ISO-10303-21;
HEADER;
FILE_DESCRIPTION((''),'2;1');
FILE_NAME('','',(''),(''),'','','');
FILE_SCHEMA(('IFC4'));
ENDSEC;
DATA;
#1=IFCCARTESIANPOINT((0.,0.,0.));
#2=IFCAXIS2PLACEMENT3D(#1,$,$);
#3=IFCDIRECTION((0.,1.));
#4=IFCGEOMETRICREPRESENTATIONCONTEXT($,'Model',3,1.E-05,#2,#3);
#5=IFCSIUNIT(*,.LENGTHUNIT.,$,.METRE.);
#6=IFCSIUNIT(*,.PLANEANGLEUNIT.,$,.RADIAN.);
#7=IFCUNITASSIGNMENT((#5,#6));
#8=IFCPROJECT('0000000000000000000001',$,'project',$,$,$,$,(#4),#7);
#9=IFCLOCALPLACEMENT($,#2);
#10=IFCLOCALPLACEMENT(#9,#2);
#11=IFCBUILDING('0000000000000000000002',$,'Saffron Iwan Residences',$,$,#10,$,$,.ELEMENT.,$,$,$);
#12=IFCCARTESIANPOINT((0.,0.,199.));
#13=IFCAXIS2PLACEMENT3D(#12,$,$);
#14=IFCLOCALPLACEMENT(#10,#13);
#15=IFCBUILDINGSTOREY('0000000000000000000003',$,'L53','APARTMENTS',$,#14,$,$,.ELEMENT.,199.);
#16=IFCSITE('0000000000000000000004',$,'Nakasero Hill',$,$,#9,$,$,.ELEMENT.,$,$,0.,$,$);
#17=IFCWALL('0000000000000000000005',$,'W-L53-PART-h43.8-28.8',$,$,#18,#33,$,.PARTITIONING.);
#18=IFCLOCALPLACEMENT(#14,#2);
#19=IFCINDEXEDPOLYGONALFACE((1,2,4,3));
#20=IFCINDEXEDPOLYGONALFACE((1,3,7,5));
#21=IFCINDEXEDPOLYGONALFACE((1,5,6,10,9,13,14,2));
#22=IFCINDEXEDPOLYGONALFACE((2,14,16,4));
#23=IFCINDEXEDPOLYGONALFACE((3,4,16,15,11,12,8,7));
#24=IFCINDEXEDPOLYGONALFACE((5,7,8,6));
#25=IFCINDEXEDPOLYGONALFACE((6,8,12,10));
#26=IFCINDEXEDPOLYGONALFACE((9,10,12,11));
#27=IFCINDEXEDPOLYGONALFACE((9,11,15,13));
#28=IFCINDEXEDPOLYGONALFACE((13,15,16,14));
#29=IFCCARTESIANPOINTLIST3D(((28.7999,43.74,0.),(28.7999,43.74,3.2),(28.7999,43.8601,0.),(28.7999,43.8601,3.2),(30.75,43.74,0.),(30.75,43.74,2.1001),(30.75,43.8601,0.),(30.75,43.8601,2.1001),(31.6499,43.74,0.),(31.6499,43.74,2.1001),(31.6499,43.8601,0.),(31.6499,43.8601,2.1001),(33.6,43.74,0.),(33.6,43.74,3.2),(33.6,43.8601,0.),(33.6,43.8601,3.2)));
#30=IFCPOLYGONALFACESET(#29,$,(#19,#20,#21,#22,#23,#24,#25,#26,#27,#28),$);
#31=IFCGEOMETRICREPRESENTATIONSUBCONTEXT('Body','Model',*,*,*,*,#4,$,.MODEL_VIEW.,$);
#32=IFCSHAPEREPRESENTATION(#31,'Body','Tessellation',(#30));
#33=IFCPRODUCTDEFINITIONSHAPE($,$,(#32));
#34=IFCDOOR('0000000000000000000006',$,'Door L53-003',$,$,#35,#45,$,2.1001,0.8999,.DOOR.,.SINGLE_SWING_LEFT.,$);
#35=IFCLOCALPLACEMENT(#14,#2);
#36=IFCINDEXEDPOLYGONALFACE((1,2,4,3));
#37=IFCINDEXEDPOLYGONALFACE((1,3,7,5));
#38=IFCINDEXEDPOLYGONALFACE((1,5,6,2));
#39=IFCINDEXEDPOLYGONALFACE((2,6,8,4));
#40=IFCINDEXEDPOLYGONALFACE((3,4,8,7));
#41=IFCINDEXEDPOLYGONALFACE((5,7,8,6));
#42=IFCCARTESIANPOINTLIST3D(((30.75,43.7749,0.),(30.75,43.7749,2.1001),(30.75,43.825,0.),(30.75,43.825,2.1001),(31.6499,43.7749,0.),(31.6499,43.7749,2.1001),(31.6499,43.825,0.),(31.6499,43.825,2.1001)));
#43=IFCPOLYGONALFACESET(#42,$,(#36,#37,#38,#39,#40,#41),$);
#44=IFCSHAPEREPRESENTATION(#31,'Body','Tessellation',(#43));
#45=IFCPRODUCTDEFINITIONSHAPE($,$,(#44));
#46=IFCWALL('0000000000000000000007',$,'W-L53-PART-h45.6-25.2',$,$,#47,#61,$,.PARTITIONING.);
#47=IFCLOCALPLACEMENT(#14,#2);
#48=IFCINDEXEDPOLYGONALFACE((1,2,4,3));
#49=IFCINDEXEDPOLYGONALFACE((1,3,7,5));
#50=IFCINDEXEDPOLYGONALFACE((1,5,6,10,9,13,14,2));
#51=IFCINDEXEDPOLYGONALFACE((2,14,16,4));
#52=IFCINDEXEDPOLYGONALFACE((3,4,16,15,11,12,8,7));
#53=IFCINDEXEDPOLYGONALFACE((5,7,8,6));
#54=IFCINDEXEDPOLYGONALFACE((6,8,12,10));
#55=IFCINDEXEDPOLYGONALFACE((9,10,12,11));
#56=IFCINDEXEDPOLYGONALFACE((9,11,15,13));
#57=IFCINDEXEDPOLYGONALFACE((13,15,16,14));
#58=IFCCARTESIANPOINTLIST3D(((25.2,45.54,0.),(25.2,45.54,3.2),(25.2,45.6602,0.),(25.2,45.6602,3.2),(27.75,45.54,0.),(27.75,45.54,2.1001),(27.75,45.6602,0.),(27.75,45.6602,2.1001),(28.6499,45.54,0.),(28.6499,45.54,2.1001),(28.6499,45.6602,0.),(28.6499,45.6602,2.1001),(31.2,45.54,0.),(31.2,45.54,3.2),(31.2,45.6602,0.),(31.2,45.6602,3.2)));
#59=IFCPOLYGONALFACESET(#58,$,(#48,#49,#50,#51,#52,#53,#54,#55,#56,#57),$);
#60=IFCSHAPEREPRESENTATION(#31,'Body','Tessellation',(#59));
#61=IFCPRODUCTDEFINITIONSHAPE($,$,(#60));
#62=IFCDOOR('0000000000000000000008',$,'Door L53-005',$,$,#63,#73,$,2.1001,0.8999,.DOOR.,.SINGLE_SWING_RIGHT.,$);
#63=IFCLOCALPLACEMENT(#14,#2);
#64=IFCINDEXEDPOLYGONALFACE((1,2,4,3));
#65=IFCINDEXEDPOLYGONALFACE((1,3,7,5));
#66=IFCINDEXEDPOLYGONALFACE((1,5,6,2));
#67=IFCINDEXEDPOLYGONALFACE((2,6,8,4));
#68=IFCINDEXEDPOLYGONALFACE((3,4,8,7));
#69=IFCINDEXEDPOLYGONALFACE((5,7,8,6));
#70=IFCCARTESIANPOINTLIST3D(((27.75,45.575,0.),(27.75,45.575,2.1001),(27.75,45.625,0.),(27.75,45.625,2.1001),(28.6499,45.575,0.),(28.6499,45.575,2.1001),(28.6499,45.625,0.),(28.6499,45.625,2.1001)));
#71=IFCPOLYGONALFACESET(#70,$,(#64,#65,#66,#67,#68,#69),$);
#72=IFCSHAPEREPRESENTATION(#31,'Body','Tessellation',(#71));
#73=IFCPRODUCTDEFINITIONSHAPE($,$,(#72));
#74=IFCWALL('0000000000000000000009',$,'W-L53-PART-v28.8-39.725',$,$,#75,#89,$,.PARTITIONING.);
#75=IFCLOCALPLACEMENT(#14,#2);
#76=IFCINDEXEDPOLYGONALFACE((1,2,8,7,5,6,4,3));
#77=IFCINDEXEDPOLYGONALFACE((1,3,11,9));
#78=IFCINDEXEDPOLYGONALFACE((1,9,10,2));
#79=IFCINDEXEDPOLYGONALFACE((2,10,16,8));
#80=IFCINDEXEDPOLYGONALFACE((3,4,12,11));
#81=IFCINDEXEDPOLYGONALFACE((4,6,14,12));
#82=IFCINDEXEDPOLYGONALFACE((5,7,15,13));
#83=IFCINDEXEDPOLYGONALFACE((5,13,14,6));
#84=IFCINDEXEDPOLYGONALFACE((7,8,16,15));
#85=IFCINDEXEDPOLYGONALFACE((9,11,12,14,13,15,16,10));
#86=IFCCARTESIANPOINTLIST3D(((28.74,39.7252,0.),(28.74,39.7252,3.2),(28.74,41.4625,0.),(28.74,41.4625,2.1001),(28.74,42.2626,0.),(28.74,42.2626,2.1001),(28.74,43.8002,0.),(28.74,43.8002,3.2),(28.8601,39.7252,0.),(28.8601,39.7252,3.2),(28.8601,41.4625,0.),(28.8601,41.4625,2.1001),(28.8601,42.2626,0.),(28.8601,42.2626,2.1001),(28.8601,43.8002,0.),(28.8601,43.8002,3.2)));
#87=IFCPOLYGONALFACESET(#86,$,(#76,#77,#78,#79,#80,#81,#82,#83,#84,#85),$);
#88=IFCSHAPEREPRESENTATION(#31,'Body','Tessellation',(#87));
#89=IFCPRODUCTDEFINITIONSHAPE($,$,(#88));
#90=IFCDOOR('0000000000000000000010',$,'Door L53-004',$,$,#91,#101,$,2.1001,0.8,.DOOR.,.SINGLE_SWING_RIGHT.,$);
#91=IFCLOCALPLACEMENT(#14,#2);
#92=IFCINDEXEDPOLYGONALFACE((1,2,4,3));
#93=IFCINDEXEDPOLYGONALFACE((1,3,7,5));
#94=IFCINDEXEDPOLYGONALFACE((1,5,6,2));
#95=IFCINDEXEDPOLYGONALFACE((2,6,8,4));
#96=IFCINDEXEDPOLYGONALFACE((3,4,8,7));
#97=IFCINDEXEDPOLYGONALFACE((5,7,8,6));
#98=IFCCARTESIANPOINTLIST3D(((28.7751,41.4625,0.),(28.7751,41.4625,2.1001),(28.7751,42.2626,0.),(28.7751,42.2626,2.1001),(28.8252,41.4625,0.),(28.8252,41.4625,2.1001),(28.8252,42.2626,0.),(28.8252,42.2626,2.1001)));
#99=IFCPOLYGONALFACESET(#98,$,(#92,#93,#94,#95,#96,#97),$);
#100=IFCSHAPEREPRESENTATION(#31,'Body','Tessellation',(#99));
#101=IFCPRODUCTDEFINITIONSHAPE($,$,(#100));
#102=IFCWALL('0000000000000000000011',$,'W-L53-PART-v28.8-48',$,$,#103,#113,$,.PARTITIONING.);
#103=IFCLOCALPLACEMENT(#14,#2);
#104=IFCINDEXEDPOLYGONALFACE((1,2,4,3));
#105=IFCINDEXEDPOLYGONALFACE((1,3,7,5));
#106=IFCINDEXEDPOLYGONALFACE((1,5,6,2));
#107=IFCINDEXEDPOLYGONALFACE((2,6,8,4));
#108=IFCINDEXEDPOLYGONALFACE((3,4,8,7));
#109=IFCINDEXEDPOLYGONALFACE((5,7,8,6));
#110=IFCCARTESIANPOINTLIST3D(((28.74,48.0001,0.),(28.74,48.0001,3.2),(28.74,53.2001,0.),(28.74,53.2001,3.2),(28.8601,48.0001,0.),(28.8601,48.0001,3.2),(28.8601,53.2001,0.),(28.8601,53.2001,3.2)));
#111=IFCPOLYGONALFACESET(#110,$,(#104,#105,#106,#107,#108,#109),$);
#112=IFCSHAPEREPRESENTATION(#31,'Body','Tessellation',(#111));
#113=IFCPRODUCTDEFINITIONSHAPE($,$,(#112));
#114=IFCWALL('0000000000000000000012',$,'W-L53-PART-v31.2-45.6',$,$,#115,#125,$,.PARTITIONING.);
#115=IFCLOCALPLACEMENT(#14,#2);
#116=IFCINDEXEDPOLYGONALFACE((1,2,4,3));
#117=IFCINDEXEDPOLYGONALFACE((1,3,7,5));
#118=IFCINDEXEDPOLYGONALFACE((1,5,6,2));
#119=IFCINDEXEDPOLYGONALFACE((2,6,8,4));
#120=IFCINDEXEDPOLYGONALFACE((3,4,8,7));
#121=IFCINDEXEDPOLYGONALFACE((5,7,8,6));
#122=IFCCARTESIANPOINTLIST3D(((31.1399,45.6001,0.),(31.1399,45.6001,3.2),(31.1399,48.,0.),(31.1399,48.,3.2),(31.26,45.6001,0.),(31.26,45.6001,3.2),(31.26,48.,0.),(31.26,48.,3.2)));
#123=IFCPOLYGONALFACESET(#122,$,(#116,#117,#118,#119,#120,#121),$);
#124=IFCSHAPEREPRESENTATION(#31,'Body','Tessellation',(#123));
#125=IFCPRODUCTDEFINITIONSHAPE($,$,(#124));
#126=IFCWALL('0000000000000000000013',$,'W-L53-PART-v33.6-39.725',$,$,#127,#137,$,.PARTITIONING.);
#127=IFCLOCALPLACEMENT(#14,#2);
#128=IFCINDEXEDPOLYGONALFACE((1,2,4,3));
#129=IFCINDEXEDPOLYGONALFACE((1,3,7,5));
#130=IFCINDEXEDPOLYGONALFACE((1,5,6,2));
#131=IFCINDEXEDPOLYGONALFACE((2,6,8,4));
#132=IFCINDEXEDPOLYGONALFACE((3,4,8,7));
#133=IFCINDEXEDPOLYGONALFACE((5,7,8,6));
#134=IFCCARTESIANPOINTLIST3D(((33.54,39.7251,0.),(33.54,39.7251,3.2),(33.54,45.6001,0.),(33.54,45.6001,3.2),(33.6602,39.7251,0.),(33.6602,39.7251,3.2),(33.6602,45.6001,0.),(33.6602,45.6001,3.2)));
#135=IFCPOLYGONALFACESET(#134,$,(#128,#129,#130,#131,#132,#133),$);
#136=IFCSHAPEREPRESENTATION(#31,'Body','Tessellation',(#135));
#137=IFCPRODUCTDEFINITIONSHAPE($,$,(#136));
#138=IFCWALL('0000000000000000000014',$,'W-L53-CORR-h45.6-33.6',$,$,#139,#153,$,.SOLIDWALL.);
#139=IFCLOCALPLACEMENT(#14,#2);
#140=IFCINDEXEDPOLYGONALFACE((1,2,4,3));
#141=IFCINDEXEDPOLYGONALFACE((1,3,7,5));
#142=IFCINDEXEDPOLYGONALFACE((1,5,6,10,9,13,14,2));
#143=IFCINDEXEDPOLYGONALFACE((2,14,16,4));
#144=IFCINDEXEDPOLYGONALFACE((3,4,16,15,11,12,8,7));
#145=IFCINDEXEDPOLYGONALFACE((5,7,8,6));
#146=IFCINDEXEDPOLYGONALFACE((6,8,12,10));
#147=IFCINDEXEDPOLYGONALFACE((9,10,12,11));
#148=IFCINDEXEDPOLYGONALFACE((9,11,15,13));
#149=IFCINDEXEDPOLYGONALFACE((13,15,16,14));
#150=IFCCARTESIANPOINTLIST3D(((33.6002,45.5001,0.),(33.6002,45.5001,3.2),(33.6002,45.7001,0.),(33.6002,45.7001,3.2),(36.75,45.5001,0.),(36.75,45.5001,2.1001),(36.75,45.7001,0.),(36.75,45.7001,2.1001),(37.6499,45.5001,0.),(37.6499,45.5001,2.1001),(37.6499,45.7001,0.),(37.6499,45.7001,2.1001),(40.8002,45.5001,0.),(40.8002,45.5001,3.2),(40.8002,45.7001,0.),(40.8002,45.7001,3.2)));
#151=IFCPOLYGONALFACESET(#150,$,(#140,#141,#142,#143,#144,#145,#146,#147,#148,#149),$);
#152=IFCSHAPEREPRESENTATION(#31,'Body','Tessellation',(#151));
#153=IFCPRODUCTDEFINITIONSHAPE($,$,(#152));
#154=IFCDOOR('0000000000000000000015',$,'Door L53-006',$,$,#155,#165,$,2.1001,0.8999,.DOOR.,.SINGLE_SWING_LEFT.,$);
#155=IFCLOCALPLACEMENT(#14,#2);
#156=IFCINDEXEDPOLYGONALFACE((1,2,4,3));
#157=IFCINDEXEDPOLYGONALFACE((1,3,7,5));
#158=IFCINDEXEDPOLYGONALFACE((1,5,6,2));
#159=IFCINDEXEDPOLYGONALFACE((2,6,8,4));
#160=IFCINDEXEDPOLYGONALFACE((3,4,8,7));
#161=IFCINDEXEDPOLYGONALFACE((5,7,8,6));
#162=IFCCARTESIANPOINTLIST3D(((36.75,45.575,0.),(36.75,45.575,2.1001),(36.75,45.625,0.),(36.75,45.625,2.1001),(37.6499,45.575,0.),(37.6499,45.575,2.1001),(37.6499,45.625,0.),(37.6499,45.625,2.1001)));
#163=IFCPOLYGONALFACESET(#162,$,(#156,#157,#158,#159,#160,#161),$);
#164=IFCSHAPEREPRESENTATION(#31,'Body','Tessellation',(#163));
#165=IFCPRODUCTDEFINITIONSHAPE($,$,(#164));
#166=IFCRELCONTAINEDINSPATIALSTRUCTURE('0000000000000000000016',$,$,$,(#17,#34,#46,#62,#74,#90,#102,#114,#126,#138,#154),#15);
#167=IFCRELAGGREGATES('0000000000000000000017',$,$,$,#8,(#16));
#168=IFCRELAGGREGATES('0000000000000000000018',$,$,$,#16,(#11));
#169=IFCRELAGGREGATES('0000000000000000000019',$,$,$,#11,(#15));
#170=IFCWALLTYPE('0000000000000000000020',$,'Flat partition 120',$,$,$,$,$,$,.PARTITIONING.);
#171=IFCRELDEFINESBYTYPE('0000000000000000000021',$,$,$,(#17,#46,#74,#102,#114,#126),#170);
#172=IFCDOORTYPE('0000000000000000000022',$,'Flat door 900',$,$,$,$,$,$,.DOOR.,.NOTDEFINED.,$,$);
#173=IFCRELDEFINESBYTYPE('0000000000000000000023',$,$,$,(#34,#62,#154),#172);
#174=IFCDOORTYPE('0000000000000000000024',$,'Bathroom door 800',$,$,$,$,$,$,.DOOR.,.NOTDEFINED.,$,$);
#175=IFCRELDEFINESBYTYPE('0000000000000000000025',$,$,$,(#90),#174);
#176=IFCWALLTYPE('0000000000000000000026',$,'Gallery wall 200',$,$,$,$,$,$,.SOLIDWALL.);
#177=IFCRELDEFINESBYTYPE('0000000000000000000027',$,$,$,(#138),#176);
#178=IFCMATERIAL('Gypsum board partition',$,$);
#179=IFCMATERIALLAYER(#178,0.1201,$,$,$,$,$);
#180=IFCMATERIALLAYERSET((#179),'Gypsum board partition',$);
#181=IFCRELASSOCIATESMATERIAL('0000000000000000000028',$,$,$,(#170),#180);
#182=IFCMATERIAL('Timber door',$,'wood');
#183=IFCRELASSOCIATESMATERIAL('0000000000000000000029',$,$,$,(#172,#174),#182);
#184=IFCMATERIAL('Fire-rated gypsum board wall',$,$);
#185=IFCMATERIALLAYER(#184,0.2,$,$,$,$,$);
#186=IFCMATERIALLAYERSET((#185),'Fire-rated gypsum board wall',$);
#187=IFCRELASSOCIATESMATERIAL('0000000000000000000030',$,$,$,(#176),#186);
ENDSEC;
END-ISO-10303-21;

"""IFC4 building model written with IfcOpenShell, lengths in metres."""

from ifc_helpers import new_model, si_unit, direction, frame, frame_2d, origin, place, context, subcontext, project, spatial, rectangle, extrude, material, layer, layer_set, type_object, element, fill, save


model = new_model("IFC4")

# Units and contexts
model_context = context("Model", 3, precision=1e-05, world=origin(), true_north=direction((0.0, 1.0)))
body_context = subcontext(model_context, "Body", "Model", "MODEL_VIEW")
ifc_project = project(units=[si_unit("LENGTHUNIT", "METRE"), si_unit("PLANEANGLEUNIT", "RADIAN")], contexts=[model_context])

# Site, building, storey
site_placement = place(None, origin())
site = spatial("IfcSite", under=ifc_project, at=site_placement, Name="Nakasero Hill", CompositionType="ELEMENT", RefElevation=0.0)
building_placement = place(site_placement, origin())
building = spatial("IfcBuilding", under=site, at=building_placement, Name="Saffron Iwan Residences", CompositionType="ELEMENT")
storey_placement = place(building_placement, frame((0.0, 0.0, 199.0)))
storey = spatial("IfcBuildingStorey", under=building, at=storey_placement, Name="L53", Description="APARTMENTS", CompositionType="ELEMENT", Elevation=199.0)

# Walls, openings, doors
ifc_material_1 = material(Name="Gypsum board partition")
ifc_layer_1 = layer(ifc_material_1, 0.1201)
ifc_layer_set_1 = layer_set([ifc_layer_1], Name="Gypsum board partition")
wall_type_1 = type_object("IfcWallType", Name="Flat partition 120", PredefinedType="PARTITIONING", material=ifc_layer_set_1)
wall_1_placement = place(storey_placement, frame((28.8, 43.8, 0.0), z_axis=(0.0, 0.0, 1.0), x_axis=(1.0, 0.0, 0.0)))
wall_1 = element("IfcWall", 1, at=wall_1_placement, inside=storey, type_object=wall_type_1, Name="W-L53-PART-h43.8-28.8", PredefinedType="PARTITIONING", context=body_context, shape_type="SweptSolid", body=[
    extrude(rectangle(XDim=4.8, YDim=0.1201, at=frame_2d((2.3999, 0.0))), origin(), (0.0, 0.0, 1.0), 3.2),
])
opening_1_placement = place(wall_1_placement, frame((1.95, 0.0, 0.0)))
opening_1 = element("IfcOpeningElement", 2, at=opening_1_placement, cuts=wall_1, PredefinedType="OPENING", context=body_context, shape_type="SweptSolid", body=[
    extrude(rectangle(XDim=0.8999, YDim=2.1001, at=frame_2d((0.45, 1.05))), frame((0.0, 0.0701, 0.0), z_axis=(0.0, -1.0, 0.0), x_axis=(1.0, 0.0, 0.0)), (0.0, 0.0, 1.0), 0.1401),
])
ifc_material_2 = material(Name="Timber door", Category="wood")
door_type_1 = type_object("IfcDoorType", Name="Flat door 900", OperationType="NOTDEFINED", PredefinedType="DOOR", material=ifc_material_2)
door_1_placement = place(opening_1_placement, origin())
door_1 = element("IfcDoor", 3, at=door_1_placement, inside=storey, type_object=door_type_1, Name="Door L53-003", OperationType="SINGLE_SWING_LEFT", OverallHeight=2.1001, OverallWidth=0.8999, PredefinedType="DOOR", context=body_context, shape_type="SweptSolid", body=[
    extrude(rectangle(XDim=0.8999, YDim=2.1001, at=frame_2d((0.45, 1.05))), frame((0.0, 0.0249, 0.0), z_axis=(0.0, -1.0, 0.0), x_axis=(1.0, 0.0, 0.0)), (0.0, 0.0, 1.0), 0.05),
])
fill(opening_1, door_1)
wall_2_placement = place(storey_placement, frame((25.2, 45.6001, 0.0), z_axis=(0.0, 0.0, 1.0), x_axis=(1.0, 0.0, 0.0)))
wall_2 = element("IfcWall", 4, at=wall_2_placement, inside=storey, type_object=wall_type_1, Name="W-L53-PART-h45.6-25.2", PredefinedType="PARTITIONING", context=body_context, shape_type="SweptSolid", body=[
    extrude(rectangle(XDim=6.0, YDim=0.1201, at=frame_2d((3.0, 0.0))), origin(), (0.0, 0.0, 1.0), 3.2),
])
opening_2_placement = place(wall_2_placement, frame((2.55, 0.0, 0.0)))
opening_2 = element("IfcOpeningElement", 5, at=opening_2_placement, cuts=wall_2, PredefinedType="OPENING", context=body_context, shape_type="SweptSolid", body=[
    extrude(rectangle(XDim=0.8999, YDim=2.1001, at=frame_2d((0.45, 1.05))), frame((0.0, 0.0701, 0.0), z_axis=(0.0, -1.0, 0.0), x_axis=(1.0, 0.0, 0.0)), (0.0, 0.0, 1.0), 0.1401),
])
door_2_placement = place(opening_2_placement, origin())
door_2 = element("IfcDoor", 6, at=door_2_placement, inside=storey, type_object=door_type_1, Name="Door L53-005", OperationType="SINGLE_SWING_RIGHT", OverallHeight=2.1001, OverallWidth=0.8999, PredefinedType="DOOR", context=body_context, shape_type="SweptSolid", body=[
    extrude(rectangle(XDim=0.8999, YDim=2.1001, at=frame_2d((0.45, 1.05))), frame((0.0, 0.0249, 0.0), z_axis=(0.0, -1.0, 0.0), x_axis=(1.0, 0.0, 0.0)), (0.0, 0.0, 1.0), 0.05),
])
fill(opening_2, door_2)
wall_3_placement = place(storey_placement, frame((28.8, 39.7251, 0.0), z_axis=(0.0, 0.0, 1.0), x_axis=(0.0, 1.0, 0.0)))
wall_3 = element("IfcWall", 7, at=wall_3_placement, inside=storey, type_object=wall_type_1, Name="W-L53-PART-v28.8-39.725", PredefinedType="PARTITIONING", context=body_context, shape_type="SweptSolid", body=[
    extrude(rectangle(XDim=4.075, YDim=0.1201, at=frame_2d((2.0376, 0.0))), origin(), (0.0, 0.0, 1.0), 3.2),
])
opening_3_placement = place(wall_3_placement, frame((1.7375, 0.0, 0.0)))
opening_3 = element("IfcOpeningElement", 8, at=opening_3_placement, cuts=wall_3, PredefinedType="OPENING", context=body_context, shape_type="SweptSolid", body=[
    extrude(rectangle(XDim=0.8, YDim=2.1001, at=frame_2d((0.3999, 1.05))), frame((0.0, 0.0701, 0.0), z_axis=(0.0, -1.0, 0.0), x_axis=(1.0, 0.0, 0.0)), (0.0, 0.0, 1.0), 0.1401),
])
door_type_2 = type_object("IfcDoorType", Name="Bathroom door 800", OperationType="NOTDEFINED", PredefinedType="DOOR", material=ifc_material_2)
door_3_placement = place(opening_3_placement, origin())
door_3 = element("IfcDoor", 9, at=door_3_placement, inside=storey, type_object=door_type_2, Name="Door L53-004", OperationType="SINGLE_SWING_RIGHT", OverallHeight=2.1001, OverallWidth=0.8, PredefinedType="DOOR", context=body_context, shape_type="SweptSolid", body=[
    extrude(rectangle(XDim=0.8, YDim=2.1001, at=frame_2d((0.3999, 1.05))), frame((0.0, 0.0249, 0.0), z_axis=(0.0, -1.0, 0.0), x_axis=(1.0, 0.0, 0.0)), (0.0, 0.0, 1.0), 0.05),
])
fill(opening_3, door_3)

# Walls
wall_4_placement = place(storey_placement, frame((28.8, 48.0, 0.0), z_axis=(0.0, 0.0, 1.0), x_axis=(0.0, 1.0, 0.0)))
element("IfcWall", 10, at=wall_4_placement, inside=storey, type_object=wall_type_1, Name="W-L53-PART-v28.8-48", PredefinedType="PARTITIONING", context=body_context, shape_type="SweptSolid", body=[
    extrude(rectangle(XDim=5.2, YDim=0.1201, at=frame_2d((2.6001, 0.0))), origin(), (0.0, 0.0, 1.0), 3.2),
])
wall_5_placement = place(storey_placement, frame((31.2, 45.6001, 0.0), z_axis=(0.0, 0.0, 1.0), x_axis=(0.0, 1.0, 0.0)))
element("IfcWall", 11, at=wall_5_placement, inside=storey, type_object=wall_type_1, Name="W-L53-PART-v31.2-45.6", PredefinedType="PARTITIONING", context=body_context, shape_type="SweptSolid", body=[
    extrude(rectangle(XDim=2.3999, YDim=0.1201, at=frame_2d((1.2, 0.0))), origin(), (0.0, 0.0, 1.0), 3.2),
])
wall_6_placement = place(storey_placement, frame((33.6001, 39.7251, 0.0), z_axis=(0.0, 0.0, 1.0), x_axis=(0.0, 1.0, 0.0)))
element("IfcWall", 12, at=wall_6_placement, inside=storey, type_object=wall_type_1, Name="W-L53-PART-v33.6-39.725", PredefinedType="PARTITIONING", context=body_context, shape_type="SweptSolid", body=[
    extrude(rectangle(XDim=5.875, YDim=0.1201, at=frame_2d((2.9375, 0.0))), origin(), (0.0, 0.0, 1.0), 3.2),
])

# Wall, opening, door
ifc_material_3 = material(Name="Fire-rated gypsum board wall")
ifc_layer_2 = layer(ifc_material_3, 0.2)
ifc_layer_set_2 = layer_set([ifc_layer_2], Name="Fire-rated gypsum board wall")
wall_type_2 = type_object("IfcWallType", Name="Gallery wall 200", PredefinedType="SOLIDWALL", material=ifc_layer_set_2)
wall_7_placement = place(storey_placement, frame((33.6001, 45.6001, 0.0), z_axis=(0.0, 0.0, 1.0), x_axis=(1.0, 0.0, 0.0)))
wall_7 = element("IfcWall", 13, at=wall_7_placement, inside=storey, type_object=wall_type_2, Name="W-L53-CORR-h45.6-33.6", PredefinedType="SOLIDWALL", context=body_context, shape_type="SweptSolid", body=[
    extrude(rectangle(XDim=7.2, YDim=0.2, at=frame_2d((3.6001, 0.0))), origin(), (0.0, 0.0, 1.0), 3.2),
])
opening_4_placement = place(wall_7_placement, frame((3.1499, 0.0, 0.0)))
opening_4 = element("IfcOpeningElement", 14, at=opening_4_placement, cuts=wall_7, PredefinedType="OPENING", context=body_context, shape_type="SweptSolid", body=[
    extrude(rectangle(XDim=0.8999, YDim=2.1001, at=frame_2d((0.45, 1.05))), frame((0.0, 0.1099, 0.0), z_axis=(0.0, -1.0, 0.0), x_axis=(1.0, 0.0, 0.0)), (0.0, 0.0, 1.0), 0.22),
])
door_4_placement = place(opening_4_placement, origin())
door_4 = element("IfcDoor", 15, at=door_4_placement, inside=storey, type_object=door_type_1, Name="Door L53-006", OperationType="SINGLE_SWING_LEFT", OverallHeight=2.1001, OverallWidth=0.8999, PredefinedType="DOOR", context=body_context, shape_type="SweptSolid", body=[
    extrude(rectangle(XDim=0.8999, YDim=2.1001, at=frame_2d((0.45, 1.05))), frame((0.0, 0.0249, 0.0), z_axis=(0.0, -1.0, 0.0), x_axis=(1.0, 0.0, 0.0)), (0.0, 0.0, 1.0), 0.05),
])
fill(opening_4, door_4)

save(model, "model.ifc")
